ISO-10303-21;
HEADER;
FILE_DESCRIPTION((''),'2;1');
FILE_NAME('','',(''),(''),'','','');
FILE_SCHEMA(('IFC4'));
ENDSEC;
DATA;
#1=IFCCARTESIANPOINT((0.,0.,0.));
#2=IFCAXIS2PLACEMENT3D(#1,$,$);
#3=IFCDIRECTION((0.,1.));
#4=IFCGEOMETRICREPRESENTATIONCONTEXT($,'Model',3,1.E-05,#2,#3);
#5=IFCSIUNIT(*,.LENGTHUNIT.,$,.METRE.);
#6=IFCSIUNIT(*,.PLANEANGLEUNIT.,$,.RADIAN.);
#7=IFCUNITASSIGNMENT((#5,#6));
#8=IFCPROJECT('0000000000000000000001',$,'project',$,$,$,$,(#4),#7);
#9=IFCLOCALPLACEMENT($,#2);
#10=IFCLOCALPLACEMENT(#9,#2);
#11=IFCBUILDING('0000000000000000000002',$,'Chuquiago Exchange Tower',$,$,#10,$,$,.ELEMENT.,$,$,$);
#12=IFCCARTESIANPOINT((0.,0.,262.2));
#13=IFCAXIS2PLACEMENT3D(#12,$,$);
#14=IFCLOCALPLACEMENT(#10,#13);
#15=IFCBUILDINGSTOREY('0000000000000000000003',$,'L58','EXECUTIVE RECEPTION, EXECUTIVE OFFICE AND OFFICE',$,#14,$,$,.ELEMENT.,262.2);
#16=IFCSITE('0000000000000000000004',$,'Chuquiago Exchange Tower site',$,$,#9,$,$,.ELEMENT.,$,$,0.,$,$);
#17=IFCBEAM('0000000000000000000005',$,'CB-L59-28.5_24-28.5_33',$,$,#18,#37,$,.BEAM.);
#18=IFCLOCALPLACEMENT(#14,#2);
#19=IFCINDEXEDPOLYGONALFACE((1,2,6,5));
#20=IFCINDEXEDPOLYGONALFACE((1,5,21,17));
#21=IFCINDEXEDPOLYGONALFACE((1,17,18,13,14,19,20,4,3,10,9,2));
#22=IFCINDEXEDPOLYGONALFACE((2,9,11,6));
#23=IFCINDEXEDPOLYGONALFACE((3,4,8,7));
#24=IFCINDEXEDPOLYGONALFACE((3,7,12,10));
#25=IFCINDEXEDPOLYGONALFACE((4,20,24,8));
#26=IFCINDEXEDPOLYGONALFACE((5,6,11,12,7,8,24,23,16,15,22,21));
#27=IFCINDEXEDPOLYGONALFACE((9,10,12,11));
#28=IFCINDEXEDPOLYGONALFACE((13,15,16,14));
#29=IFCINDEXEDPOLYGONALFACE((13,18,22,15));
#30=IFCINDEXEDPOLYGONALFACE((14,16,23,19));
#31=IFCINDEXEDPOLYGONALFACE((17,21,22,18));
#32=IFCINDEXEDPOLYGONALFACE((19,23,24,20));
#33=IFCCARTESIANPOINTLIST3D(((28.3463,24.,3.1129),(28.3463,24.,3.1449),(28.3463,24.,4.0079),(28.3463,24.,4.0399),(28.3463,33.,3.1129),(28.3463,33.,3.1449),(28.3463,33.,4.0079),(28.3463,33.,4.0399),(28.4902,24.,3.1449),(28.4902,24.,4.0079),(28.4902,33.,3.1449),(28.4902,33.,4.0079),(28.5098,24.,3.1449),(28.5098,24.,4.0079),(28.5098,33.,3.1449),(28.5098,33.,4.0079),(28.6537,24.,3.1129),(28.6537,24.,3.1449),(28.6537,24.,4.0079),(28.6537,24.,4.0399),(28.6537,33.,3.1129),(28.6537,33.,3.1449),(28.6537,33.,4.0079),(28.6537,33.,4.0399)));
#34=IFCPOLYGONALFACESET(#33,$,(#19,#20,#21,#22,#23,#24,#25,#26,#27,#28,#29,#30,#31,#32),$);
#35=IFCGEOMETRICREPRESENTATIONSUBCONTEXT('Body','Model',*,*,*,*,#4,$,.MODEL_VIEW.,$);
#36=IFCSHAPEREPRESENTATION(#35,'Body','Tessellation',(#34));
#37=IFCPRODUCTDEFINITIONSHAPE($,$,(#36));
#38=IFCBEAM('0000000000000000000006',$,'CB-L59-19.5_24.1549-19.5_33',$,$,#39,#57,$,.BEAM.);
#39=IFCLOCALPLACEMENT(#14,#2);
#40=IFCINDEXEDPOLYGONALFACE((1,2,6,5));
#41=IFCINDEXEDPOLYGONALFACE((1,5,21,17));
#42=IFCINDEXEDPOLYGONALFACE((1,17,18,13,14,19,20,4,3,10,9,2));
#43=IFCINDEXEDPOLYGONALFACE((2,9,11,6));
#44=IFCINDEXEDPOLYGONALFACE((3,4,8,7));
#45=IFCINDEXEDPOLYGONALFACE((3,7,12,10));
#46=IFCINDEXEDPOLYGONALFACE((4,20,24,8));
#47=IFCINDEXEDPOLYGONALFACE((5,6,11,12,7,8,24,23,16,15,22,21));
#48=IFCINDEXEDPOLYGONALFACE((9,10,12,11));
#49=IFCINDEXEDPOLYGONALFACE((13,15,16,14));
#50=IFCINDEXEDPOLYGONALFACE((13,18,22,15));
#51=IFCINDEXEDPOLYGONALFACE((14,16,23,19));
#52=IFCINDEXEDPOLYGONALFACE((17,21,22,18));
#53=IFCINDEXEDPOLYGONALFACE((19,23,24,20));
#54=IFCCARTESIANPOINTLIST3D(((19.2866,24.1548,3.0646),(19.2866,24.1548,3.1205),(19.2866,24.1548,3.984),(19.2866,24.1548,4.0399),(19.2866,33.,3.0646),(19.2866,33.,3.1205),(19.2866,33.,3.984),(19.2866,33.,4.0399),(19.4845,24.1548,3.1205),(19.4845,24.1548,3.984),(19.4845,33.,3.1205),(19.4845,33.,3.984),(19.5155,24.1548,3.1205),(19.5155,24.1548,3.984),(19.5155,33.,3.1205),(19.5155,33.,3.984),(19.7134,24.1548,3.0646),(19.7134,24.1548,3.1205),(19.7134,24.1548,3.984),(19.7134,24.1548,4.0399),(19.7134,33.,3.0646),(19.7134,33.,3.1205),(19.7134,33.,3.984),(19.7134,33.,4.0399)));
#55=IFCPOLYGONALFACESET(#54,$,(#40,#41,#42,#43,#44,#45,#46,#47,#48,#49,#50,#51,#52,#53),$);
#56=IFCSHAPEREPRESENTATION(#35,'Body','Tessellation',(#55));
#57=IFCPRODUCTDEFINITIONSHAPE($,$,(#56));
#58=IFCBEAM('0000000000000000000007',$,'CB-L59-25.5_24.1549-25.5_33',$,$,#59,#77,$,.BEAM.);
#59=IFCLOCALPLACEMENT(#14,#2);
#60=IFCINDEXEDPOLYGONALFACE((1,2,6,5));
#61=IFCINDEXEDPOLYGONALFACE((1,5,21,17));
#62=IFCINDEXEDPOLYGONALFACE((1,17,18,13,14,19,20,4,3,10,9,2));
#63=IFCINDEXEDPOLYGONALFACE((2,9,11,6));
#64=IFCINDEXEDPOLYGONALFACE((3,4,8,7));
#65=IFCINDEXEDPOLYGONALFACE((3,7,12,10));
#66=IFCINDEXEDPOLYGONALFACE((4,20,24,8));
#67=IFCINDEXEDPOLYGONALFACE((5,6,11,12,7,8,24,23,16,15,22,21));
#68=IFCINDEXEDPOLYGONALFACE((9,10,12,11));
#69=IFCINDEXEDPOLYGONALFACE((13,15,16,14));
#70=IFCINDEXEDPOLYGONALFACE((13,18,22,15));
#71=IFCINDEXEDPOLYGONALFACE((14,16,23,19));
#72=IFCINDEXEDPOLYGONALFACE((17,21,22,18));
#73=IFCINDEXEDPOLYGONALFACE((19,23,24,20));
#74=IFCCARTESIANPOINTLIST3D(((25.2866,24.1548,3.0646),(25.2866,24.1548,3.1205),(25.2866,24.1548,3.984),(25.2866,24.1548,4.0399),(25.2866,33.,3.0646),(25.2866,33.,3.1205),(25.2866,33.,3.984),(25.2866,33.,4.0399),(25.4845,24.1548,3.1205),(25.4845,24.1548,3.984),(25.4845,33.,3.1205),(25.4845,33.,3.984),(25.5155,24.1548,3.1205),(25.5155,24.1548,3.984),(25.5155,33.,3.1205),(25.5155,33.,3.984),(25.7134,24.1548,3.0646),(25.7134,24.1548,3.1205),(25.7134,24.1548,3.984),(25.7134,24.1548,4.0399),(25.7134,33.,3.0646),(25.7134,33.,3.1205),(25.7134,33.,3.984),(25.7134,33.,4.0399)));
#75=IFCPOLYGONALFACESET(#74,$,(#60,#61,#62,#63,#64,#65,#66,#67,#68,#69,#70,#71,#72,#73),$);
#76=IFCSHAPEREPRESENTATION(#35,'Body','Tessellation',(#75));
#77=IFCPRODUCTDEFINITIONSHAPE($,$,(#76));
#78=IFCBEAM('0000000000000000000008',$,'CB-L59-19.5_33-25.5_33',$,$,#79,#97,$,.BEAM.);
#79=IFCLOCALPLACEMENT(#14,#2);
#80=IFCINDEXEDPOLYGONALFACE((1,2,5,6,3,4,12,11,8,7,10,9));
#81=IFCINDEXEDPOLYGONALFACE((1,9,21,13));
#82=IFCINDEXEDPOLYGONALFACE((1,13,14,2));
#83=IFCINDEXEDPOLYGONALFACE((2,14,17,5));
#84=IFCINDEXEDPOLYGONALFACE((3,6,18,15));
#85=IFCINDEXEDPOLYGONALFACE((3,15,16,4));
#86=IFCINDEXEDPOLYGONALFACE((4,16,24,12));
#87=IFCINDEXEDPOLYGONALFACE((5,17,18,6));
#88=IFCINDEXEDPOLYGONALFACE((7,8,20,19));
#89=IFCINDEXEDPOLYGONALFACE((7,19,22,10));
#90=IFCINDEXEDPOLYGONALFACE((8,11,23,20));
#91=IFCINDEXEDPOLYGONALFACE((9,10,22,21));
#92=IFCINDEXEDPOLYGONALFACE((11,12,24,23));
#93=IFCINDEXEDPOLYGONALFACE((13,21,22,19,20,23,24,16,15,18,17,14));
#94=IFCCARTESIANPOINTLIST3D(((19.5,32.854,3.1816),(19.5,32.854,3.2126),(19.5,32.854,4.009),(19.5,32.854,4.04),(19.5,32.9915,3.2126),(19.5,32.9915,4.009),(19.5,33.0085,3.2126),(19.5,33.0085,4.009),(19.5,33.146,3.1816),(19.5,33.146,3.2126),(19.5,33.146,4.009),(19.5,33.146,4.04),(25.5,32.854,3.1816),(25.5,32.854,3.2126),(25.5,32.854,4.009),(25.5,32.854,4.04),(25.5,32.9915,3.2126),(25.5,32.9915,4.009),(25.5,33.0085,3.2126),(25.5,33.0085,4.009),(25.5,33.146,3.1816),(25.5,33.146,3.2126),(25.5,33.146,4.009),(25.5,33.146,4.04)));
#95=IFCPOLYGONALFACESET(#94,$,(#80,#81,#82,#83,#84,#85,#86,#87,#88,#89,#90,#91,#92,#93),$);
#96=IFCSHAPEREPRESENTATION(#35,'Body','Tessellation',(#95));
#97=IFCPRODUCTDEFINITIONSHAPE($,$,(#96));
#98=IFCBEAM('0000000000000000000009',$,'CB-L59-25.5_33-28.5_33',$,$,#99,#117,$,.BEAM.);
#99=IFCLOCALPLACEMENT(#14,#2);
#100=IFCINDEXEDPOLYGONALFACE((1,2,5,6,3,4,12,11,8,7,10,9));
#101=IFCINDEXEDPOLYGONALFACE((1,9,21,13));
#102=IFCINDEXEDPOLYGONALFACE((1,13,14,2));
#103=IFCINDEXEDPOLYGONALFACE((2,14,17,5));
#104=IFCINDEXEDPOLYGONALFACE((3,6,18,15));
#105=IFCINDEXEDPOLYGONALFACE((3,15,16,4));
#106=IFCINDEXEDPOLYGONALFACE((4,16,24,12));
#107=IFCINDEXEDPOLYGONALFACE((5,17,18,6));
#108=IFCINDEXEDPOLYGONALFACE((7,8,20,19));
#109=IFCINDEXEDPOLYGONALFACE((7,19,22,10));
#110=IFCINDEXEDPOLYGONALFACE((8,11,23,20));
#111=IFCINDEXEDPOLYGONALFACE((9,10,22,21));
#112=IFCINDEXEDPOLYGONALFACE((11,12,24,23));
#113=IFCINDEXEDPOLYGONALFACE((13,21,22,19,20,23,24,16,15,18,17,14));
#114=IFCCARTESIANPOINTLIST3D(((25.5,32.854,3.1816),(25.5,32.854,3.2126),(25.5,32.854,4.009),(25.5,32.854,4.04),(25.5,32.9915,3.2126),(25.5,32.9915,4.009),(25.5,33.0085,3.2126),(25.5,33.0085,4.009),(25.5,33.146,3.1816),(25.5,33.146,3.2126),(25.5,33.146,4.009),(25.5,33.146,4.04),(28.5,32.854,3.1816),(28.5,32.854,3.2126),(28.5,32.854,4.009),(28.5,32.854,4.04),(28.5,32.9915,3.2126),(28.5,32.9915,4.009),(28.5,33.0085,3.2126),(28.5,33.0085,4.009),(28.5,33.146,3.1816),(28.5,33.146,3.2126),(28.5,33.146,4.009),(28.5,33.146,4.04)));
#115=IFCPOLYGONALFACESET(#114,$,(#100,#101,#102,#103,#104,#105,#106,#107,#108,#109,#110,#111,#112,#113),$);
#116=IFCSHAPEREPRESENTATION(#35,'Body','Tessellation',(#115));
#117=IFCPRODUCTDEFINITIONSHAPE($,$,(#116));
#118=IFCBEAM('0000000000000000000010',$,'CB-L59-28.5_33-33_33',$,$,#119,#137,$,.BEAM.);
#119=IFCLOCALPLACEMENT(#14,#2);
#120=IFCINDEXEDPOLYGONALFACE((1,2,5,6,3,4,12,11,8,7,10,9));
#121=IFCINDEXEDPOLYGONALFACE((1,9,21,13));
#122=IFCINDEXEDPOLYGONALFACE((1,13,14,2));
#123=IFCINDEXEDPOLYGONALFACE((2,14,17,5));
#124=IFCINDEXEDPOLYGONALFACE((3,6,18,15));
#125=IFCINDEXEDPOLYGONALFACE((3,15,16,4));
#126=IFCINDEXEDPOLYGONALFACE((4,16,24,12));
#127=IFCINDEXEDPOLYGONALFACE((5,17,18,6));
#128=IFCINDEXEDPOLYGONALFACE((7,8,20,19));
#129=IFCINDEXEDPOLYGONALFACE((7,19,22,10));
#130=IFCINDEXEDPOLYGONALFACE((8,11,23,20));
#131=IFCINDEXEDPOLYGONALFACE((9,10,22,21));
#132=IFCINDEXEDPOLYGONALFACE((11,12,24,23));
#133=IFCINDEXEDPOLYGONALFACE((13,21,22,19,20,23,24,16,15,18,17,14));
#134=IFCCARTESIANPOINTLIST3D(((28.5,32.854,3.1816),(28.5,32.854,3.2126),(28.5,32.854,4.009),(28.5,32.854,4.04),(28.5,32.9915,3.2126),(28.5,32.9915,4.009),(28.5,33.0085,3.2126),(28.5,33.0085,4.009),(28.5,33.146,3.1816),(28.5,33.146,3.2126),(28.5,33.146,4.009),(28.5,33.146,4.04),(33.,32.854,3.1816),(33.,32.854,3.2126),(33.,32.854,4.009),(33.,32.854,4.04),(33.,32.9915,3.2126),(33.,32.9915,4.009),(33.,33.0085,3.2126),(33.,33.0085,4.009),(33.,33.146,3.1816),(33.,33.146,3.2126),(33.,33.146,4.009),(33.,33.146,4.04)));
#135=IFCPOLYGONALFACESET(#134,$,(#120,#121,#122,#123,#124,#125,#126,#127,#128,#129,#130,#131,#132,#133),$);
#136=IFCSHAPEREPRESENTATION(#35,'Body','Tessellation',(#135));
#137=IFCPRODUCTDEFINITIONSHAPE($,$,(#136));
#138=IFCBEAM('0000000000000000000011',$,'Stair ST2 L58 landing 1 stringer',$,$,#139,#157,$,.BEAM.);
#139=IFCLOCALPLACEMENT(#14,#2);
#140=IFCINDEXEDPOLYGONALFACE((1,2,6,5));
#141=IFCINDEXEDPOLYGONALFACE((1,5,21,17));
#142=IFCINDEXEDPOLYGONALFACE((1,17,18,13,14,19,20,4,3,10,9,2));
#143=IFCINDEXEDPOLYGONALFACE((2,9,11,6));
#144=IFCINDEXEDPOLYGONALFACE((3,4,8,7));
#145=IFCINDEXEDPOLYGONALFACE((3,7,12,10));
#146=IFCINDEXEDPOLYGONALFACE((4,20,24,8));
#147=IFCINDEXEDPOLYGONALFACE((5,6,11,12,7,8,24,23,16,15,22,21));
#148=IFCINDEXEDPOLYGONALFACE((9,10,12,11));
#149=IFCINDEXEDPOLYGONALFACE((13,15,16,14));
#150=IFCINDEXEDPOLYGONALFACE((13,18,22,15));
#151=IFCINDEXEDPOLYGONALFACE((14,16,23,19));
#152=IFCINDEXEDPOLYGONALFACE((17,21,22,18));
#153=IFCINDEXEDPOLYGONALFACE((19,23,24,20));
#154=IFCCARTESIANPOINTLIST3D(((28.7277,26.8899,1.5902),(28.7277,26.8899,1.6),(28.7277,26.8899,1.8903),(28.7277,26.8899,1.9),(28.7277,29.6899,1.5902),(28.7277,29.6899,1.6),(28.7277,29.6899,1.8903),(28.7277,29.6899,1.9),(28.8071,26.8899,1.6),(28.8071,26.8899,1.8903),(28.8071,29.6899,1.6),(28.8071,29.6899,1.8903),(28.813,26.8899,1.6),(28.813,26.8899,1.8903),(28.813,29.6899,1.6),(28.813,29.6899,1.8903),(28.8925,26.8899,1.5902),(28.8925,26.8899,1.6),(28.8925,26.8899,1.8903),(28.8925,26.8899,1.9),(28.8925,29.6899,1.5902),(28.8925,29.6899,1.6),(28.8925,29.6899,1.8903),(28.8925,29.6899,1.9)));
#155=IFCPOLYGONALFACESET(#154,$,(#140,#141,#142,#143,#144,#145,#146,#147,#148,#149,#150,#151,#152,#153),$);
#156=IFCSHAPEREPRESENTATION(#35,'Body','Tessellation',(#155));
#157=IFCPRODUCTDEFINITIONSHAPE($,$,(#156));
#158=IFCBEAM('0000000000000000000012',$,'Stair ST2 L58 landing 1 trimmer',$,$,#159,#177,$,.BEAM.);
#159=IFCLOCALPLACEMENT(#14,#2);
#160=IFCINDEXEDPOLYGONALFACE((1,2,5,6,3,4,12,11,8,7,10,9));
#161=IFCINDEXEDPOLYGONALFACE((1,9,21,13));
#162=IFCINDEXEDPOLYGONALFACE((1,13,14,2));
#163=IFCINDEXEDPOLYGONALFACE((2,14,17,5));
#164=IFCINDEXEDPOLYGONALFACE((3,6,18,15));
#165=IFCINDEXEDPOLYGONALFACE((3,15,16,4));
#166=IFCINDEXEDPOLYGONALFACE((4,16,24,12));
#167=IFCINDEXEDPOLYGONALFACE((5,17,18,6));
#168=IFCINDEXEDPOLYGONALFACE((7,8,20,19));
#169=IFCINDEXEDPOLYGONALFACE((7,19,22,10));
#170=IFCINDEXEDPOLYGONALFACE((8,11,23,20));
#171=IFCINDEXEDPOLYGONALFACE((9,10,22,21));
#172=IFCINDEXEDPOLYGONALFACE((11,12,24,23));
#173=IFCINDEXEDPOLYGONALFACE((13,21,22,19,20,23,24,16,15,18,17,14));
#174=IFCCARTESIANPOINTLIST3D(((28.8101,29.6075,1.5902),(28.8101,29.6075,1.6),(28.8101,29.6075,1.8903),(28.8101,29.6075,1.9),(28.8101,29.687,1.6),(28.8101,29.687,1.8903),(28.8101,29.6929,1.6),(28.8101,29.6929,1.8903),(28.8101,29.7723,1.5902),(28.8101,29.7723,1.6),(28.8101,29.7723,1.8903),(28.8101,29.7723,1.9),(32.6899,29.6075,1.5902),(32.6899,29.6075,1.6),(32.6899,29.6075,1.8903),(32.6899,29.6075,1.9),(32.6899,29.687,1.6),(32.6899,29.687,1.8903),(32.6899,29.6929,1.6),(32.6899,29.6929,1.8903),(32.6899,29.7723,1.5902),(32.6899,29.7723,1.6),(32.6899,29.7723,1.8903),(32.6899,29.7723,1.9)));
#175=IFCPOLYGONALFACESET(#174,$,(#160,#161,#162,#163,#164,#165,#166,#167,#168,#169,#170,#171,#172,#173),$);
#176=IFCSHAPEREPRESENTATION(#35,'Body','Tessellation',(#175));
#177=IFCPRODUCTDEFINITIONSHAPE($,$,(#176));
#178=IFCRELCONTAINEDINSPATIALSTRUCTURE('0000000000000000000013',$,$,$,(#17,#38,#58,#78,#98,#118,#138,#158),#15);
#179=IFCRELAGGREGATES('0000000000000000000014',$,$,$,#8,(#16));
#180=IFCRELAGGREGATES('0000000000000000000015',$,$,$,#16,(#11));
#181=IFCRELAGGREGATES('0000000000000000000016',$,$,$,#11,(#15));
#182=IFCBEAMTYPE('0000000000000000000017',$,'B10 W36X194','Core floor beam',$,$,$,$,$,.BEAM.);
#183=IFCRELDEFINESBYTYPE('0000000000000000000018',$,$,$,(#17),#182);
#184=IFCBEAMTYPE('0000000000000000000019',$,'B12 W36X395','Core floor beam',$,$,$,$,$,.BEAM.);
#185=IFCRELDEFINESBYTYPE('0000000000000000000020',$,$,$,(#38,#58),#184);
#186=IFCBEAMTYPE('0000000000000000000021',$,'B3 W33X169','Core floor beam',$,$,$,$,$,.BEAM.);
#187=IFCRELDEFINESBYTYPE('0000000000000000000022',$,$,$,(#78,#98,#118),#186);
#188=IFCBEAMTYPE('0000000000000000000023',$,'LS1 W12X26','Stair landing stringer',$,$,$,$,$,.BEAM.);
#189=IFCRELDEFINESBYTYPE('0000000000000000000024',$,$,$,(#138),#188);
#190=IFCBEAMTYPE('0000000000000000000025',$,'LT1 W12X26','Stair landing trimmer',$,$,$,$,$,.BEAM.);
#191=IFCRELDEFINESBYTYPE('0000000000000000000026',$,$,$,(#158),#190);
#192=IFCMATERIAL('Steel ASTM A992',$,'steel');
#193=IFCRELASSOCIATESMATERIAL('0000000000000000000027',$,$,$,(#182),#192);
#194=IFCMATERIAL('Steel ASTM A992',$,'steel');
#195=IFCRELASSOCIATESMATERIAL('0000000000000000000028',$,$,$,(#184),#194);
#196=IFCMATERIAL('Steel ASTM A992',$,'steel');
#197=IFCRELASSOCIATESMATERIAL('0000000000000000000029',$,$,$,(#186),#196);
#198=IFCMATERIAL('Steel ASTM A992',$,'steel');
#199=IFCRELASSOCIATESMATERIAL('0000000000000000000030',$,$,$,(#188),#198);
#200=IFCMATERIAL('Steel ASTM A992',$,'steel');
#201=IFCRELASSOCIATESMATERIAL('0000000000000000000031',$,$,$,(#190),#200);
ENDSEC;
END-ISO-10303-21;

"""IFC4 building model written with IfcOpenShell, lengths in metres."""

from ifc_helpers import new_model, si_unit, direction, frame, origin, origin_2d, place, context, subcontext, project, spatial, i_section, extrude, material, material_profile, profile_set, type_object, element, save


model = new_model("IFC4")

# Units and contexts
model_context = context("Model", 3, precision=1e-05, world=origin(), true_north=direction((0.0, 1.0)))
body_context = subcontext(model_context, "Body", "Model", "MODEL_VIEW")
ifc_project = project(units=[si_unit("LENGTHUNIT", "METRE"), si_unit("PLANEANGLEUNIT", "RADIAN")], contexts=[model_context])

# Site, building, storey
site_placement = place(None, origin())
site = spatial("IfcSite", under=ifc_project, at=site_placement, Name="Chuquiago Exchange Tower site", CompositionType="ELEMENT", RefElevation=0.0)
building_placement = place(site_placement, origin())
building = spatial("IfcBuilding", under=site, at=building_placement, Name="Chuquiago Exchange Tower", CompositionType="ELEMENT")
storey_placement = place(building_placement, frame((0.0, 0.0, 262.2)))
storey = spatial("IfcBuildingStorey", under=building, at=storey_placement, Name="L58", Description="EXECUTIVE RECEPTION, EXECUTIVE OFFICE AND OFFICE", CompositionType="ELEMENT", Elevation=262.2)

# Beams
ifc_material_1 = material(Name="Steel ASTM A992", Category="steel")
ifc_material_profile_1 = material_profile(ifc_material_1, i_section(OverallWidth=0.3074, OverallDepth=0.927, WebThickness=0.0195, FlangeThickness=0.032, at=origin_2d()), Name="W36X194")
ifc_profile_set_1 = profile_set([ifc_material_profile_1], Name="Steel ASTM A992")
beam_type_1 = type_object("IfcBeamType", Name="B10 W36X194", Description="Core floor beam", PredefinedType="BEAM", material=ifc_profile_set_1)
beam_1_placement = place(storey_placement, frame((28.5, 24.0, 3.5764), z_axis=(0.0, 1.0, 0.0), x_axis=(-1.0, 0.0, 0.0)))
element("IfcBeam", 1, at=beam_1_placement, inside=storey, type_object=beam_type_1, Name="CB-L59-28.5_24-28.5_33", PredefinedType="BEAM", context=body_context, shape_type="SweptSolid", body=[
    extrude(i_section(OverallWidth=0.3074, OverallDepth=0.927, WebThickness=0.0195, FlangeThickness=0.032, at=origin_2d()), origin(), (0.0, 0.0, 1.0), 9.0),
])
ifc_material_2 = material(Name="Steel ASTM A992", Category="steel")
ifc_material_profile_2 = material_profile(ifc_material_2, i_section(OverallWidth=0.4268, OverallDepth=0.9753, WebThickness=0.031, FlangeThickness=0.0559, at=origin_2d()), Name="W36X395")
ifc_profile_set_2 = profile_set([ifc_material_profile_2], Name="Steel ASTM A992")
beam_type_2 = type_object("IfcBeamType", Name="B12 W36X395", Description="Core floor beam", PredefinedType="BEAM", material=ifc_profile_set_2)
for number, where, z_axis, x_axis, name in (
    (2, (19.5, 24.1548, 3.5522), (0.0, 1.0, 0.0), (-1.0, 0.0, 0.0), "CB-L59-19.5_24.1549-19.5_33"),
    (3, (25.5, 24.1548, 3.5522), (0.0, 1.0, 0.0), (-1.0, 0.0, 0.0), "CB-L59-25.5_24.1549-25.5_33"),
):
    element("IfcBeam", number, at=place(storey_placement, frame(where, z_axis=z_axis, x_axis=x_axis)), inside=storey, type_object=beam_type_2, Name=name, PredefinedType="BEAM", context=body_context, shape_type="SweptSolid", body=[
        extrude(i_section(OverallWidth=0.4268, OverallDepth=0.9753, WebThickness=0.031, FlangeThickness=0.0559, at=origin_2d()), origin(), (0.0, 0.0, 1.0), 8.8452),
    ])
ifc_material_3 = material(Name="Steel ASTM A992", Category="steel")
ifc_material_profile_3 = material_profile(ifc_material_3, i_section(OverallWidth=0.292, OverallDepth=0.8584, WebThickness=0.0171, FlangeThickness=0.031, at=origin_2d()), Name="W33X169")
ifc_profile_set_3 = profile_set([ifc_material_profile_3], Name="Steel ASTM A992")
beam_type_3 = type_object("IfcBeamType", Name="B3 W33X169", Description="Core floor beam", PredefinedType="BEAM", material=ifc_profile_set_3)
beam_2_placement = place(storey_placement, frame((19.5, 33.0, 3.6108), z_axis=(1.0, 0.0, 0.0), x_axis=(0.0, 1.0, 0.0)))
element("IfcBeam", 4, at=beam_2_placement, inside=storey, type_object=beam_type_3, Name="CB-L59-19.5_33-25.5_33", PredefinedType="BEAM", context=body_context, shape_type="SweptSolid", body=[
    extrude(i_section(OverallWidth=0.292, OverallDepth=0.8584, WebThickness=0.0171, FlangeThickness=0.031, at=origin_2d()), origin(), (0.0, 0.0, 1.0), 6.0),
])
beam_3_placement = place(storey_placement, frame((25.5, 33.0, 3.6108), z_axis=(1.0, 0.0, 0.0), x_axis=(0.0, 1.0, 0.0)))
element("IfcBeam", 5, at=beam_3_placement, inside=storey, type_object=beam_type_3, Name="CB-L59-25.5_33-28.5_33", PredefinedType="BEAM", context=body_context, shape_type="SweptSolid", body=[
    extrude(i_section(OverallWidth=0.292, OverallDepth=0.8584, WebThickness=0.0171, FlangeThickness=0.031, at=origin_2d()), origin(), (0.0, 0.0, 1.0), 3.0),
])
beam_4_placement = place(storey_placement, frame((28.5, 33.0, 3.6108), z_axis=(1.0, 0.0, 0.0), x_axis=(0.0, 1.0, 0.0)))
element("IfcBeam", 6, at=beam_4_placement, inside=storey, type_object=beam_type_3, Name="CB-L59-28.5_33-33_33", PredefinedType="BEAM", context=body_context, shape_type="SweptSolid", body=[
    extrude(i_section(OverallWidth=0.292, OverallDepth=0.8584, WebThickness=0.0171, FlangeThickness=0.031, at=origin_2d()), origin(), (0.0, 0.0, 1.0), 4.5),
])
ifc_material_4 = material(Name="Steel ASTM A992", Category="steel")
ifc_material_profile_4 = material_profile(ifc_material_4, i_section(OverallWidth=0.1648, OverallDepth=0.3098, WebThickness=0.0059, FlangeThickness=0.0098, at=origin_2d()), Name="W12X26")
ifc_profile_set_4 = profile_set([ifc_material_profile_4], Name="Steel ASTM A992")
beam_type_4 = type_object("IfcBeamType", Name="LS1 W12X26", Description="Stair landing stringer", PredefinedType="BEAM", material=ifc_profile_set_4)
beam_5_placement = place(storey_placement, frame((28.8101, 26.8899, 1.7451), z_axis=(0.0, 1.0, 0.0), x_axis=(-1.0, 0.0, 0.0)))
element("IfcBeam", 7, at=beam_5_placement, inside=storey, type_object=beam_type_4, Name="Stair ST2 L58 landing 1 stringer", PredefinedType="BEAM", context=body_context, shape_type="SweptSolid", body=[
    extrude(i_section(OverallWidth=0.1648, OverallDepth=0.3098, WebThickness=0.0059, FlangeThickness=0.0098, at=origin_2d()), origin(), (0.0, 0.0, 1.0), 2.8),
])
ifc_material_5 = material(Name="Steel ASTM A992", Category="steel")
ifc_material_profile_5 = material_profile(ifc_material_5, i_section(OverallWidth=0.1648, OverallDepth=0.3098, WebThickness=0.0059, FlangeThickness=0.0098, at=origin_2d()), Name="W12X26")
ifc_profile_set_5 = profile_set([ifc_material_profile_5], Name="Steel ASTM A992")
beam_type_5 = type_object("IfcBeamType", Name="LT1 W12X26", Description="Stair landing trimmer", PredefinedType="BEAM", material=ifc_profile_set_5)
for number, where, z_axis, x_axis, name in (
    (8, (28.8101, 29.6899, 1.7451), (1.0, 0.0, 0.0), (0.0, 1.0, 0.0), "Stair ST2 L58 landing 1 trimmer"),
):
    element("IfcBeam", number, at=place(storey_placement, frame(where, z_axis=z_axis, x_axis=x_axis)), inside=storey, type_object=beam_type_5, Name=name, PredefinedType="BEAM", context=body_context, shape_type="SweptSolid", body=[
        extrude(i_section(OverallWidth=0.1648, OverallDepth=0.3098, WebThickness=0.0059, FlangeThickness=0.0098, at=origin_2d()), origin(), (0.0, 0.0, 1.0), 3.8799),
    ])

save(model, "model.ifc")
